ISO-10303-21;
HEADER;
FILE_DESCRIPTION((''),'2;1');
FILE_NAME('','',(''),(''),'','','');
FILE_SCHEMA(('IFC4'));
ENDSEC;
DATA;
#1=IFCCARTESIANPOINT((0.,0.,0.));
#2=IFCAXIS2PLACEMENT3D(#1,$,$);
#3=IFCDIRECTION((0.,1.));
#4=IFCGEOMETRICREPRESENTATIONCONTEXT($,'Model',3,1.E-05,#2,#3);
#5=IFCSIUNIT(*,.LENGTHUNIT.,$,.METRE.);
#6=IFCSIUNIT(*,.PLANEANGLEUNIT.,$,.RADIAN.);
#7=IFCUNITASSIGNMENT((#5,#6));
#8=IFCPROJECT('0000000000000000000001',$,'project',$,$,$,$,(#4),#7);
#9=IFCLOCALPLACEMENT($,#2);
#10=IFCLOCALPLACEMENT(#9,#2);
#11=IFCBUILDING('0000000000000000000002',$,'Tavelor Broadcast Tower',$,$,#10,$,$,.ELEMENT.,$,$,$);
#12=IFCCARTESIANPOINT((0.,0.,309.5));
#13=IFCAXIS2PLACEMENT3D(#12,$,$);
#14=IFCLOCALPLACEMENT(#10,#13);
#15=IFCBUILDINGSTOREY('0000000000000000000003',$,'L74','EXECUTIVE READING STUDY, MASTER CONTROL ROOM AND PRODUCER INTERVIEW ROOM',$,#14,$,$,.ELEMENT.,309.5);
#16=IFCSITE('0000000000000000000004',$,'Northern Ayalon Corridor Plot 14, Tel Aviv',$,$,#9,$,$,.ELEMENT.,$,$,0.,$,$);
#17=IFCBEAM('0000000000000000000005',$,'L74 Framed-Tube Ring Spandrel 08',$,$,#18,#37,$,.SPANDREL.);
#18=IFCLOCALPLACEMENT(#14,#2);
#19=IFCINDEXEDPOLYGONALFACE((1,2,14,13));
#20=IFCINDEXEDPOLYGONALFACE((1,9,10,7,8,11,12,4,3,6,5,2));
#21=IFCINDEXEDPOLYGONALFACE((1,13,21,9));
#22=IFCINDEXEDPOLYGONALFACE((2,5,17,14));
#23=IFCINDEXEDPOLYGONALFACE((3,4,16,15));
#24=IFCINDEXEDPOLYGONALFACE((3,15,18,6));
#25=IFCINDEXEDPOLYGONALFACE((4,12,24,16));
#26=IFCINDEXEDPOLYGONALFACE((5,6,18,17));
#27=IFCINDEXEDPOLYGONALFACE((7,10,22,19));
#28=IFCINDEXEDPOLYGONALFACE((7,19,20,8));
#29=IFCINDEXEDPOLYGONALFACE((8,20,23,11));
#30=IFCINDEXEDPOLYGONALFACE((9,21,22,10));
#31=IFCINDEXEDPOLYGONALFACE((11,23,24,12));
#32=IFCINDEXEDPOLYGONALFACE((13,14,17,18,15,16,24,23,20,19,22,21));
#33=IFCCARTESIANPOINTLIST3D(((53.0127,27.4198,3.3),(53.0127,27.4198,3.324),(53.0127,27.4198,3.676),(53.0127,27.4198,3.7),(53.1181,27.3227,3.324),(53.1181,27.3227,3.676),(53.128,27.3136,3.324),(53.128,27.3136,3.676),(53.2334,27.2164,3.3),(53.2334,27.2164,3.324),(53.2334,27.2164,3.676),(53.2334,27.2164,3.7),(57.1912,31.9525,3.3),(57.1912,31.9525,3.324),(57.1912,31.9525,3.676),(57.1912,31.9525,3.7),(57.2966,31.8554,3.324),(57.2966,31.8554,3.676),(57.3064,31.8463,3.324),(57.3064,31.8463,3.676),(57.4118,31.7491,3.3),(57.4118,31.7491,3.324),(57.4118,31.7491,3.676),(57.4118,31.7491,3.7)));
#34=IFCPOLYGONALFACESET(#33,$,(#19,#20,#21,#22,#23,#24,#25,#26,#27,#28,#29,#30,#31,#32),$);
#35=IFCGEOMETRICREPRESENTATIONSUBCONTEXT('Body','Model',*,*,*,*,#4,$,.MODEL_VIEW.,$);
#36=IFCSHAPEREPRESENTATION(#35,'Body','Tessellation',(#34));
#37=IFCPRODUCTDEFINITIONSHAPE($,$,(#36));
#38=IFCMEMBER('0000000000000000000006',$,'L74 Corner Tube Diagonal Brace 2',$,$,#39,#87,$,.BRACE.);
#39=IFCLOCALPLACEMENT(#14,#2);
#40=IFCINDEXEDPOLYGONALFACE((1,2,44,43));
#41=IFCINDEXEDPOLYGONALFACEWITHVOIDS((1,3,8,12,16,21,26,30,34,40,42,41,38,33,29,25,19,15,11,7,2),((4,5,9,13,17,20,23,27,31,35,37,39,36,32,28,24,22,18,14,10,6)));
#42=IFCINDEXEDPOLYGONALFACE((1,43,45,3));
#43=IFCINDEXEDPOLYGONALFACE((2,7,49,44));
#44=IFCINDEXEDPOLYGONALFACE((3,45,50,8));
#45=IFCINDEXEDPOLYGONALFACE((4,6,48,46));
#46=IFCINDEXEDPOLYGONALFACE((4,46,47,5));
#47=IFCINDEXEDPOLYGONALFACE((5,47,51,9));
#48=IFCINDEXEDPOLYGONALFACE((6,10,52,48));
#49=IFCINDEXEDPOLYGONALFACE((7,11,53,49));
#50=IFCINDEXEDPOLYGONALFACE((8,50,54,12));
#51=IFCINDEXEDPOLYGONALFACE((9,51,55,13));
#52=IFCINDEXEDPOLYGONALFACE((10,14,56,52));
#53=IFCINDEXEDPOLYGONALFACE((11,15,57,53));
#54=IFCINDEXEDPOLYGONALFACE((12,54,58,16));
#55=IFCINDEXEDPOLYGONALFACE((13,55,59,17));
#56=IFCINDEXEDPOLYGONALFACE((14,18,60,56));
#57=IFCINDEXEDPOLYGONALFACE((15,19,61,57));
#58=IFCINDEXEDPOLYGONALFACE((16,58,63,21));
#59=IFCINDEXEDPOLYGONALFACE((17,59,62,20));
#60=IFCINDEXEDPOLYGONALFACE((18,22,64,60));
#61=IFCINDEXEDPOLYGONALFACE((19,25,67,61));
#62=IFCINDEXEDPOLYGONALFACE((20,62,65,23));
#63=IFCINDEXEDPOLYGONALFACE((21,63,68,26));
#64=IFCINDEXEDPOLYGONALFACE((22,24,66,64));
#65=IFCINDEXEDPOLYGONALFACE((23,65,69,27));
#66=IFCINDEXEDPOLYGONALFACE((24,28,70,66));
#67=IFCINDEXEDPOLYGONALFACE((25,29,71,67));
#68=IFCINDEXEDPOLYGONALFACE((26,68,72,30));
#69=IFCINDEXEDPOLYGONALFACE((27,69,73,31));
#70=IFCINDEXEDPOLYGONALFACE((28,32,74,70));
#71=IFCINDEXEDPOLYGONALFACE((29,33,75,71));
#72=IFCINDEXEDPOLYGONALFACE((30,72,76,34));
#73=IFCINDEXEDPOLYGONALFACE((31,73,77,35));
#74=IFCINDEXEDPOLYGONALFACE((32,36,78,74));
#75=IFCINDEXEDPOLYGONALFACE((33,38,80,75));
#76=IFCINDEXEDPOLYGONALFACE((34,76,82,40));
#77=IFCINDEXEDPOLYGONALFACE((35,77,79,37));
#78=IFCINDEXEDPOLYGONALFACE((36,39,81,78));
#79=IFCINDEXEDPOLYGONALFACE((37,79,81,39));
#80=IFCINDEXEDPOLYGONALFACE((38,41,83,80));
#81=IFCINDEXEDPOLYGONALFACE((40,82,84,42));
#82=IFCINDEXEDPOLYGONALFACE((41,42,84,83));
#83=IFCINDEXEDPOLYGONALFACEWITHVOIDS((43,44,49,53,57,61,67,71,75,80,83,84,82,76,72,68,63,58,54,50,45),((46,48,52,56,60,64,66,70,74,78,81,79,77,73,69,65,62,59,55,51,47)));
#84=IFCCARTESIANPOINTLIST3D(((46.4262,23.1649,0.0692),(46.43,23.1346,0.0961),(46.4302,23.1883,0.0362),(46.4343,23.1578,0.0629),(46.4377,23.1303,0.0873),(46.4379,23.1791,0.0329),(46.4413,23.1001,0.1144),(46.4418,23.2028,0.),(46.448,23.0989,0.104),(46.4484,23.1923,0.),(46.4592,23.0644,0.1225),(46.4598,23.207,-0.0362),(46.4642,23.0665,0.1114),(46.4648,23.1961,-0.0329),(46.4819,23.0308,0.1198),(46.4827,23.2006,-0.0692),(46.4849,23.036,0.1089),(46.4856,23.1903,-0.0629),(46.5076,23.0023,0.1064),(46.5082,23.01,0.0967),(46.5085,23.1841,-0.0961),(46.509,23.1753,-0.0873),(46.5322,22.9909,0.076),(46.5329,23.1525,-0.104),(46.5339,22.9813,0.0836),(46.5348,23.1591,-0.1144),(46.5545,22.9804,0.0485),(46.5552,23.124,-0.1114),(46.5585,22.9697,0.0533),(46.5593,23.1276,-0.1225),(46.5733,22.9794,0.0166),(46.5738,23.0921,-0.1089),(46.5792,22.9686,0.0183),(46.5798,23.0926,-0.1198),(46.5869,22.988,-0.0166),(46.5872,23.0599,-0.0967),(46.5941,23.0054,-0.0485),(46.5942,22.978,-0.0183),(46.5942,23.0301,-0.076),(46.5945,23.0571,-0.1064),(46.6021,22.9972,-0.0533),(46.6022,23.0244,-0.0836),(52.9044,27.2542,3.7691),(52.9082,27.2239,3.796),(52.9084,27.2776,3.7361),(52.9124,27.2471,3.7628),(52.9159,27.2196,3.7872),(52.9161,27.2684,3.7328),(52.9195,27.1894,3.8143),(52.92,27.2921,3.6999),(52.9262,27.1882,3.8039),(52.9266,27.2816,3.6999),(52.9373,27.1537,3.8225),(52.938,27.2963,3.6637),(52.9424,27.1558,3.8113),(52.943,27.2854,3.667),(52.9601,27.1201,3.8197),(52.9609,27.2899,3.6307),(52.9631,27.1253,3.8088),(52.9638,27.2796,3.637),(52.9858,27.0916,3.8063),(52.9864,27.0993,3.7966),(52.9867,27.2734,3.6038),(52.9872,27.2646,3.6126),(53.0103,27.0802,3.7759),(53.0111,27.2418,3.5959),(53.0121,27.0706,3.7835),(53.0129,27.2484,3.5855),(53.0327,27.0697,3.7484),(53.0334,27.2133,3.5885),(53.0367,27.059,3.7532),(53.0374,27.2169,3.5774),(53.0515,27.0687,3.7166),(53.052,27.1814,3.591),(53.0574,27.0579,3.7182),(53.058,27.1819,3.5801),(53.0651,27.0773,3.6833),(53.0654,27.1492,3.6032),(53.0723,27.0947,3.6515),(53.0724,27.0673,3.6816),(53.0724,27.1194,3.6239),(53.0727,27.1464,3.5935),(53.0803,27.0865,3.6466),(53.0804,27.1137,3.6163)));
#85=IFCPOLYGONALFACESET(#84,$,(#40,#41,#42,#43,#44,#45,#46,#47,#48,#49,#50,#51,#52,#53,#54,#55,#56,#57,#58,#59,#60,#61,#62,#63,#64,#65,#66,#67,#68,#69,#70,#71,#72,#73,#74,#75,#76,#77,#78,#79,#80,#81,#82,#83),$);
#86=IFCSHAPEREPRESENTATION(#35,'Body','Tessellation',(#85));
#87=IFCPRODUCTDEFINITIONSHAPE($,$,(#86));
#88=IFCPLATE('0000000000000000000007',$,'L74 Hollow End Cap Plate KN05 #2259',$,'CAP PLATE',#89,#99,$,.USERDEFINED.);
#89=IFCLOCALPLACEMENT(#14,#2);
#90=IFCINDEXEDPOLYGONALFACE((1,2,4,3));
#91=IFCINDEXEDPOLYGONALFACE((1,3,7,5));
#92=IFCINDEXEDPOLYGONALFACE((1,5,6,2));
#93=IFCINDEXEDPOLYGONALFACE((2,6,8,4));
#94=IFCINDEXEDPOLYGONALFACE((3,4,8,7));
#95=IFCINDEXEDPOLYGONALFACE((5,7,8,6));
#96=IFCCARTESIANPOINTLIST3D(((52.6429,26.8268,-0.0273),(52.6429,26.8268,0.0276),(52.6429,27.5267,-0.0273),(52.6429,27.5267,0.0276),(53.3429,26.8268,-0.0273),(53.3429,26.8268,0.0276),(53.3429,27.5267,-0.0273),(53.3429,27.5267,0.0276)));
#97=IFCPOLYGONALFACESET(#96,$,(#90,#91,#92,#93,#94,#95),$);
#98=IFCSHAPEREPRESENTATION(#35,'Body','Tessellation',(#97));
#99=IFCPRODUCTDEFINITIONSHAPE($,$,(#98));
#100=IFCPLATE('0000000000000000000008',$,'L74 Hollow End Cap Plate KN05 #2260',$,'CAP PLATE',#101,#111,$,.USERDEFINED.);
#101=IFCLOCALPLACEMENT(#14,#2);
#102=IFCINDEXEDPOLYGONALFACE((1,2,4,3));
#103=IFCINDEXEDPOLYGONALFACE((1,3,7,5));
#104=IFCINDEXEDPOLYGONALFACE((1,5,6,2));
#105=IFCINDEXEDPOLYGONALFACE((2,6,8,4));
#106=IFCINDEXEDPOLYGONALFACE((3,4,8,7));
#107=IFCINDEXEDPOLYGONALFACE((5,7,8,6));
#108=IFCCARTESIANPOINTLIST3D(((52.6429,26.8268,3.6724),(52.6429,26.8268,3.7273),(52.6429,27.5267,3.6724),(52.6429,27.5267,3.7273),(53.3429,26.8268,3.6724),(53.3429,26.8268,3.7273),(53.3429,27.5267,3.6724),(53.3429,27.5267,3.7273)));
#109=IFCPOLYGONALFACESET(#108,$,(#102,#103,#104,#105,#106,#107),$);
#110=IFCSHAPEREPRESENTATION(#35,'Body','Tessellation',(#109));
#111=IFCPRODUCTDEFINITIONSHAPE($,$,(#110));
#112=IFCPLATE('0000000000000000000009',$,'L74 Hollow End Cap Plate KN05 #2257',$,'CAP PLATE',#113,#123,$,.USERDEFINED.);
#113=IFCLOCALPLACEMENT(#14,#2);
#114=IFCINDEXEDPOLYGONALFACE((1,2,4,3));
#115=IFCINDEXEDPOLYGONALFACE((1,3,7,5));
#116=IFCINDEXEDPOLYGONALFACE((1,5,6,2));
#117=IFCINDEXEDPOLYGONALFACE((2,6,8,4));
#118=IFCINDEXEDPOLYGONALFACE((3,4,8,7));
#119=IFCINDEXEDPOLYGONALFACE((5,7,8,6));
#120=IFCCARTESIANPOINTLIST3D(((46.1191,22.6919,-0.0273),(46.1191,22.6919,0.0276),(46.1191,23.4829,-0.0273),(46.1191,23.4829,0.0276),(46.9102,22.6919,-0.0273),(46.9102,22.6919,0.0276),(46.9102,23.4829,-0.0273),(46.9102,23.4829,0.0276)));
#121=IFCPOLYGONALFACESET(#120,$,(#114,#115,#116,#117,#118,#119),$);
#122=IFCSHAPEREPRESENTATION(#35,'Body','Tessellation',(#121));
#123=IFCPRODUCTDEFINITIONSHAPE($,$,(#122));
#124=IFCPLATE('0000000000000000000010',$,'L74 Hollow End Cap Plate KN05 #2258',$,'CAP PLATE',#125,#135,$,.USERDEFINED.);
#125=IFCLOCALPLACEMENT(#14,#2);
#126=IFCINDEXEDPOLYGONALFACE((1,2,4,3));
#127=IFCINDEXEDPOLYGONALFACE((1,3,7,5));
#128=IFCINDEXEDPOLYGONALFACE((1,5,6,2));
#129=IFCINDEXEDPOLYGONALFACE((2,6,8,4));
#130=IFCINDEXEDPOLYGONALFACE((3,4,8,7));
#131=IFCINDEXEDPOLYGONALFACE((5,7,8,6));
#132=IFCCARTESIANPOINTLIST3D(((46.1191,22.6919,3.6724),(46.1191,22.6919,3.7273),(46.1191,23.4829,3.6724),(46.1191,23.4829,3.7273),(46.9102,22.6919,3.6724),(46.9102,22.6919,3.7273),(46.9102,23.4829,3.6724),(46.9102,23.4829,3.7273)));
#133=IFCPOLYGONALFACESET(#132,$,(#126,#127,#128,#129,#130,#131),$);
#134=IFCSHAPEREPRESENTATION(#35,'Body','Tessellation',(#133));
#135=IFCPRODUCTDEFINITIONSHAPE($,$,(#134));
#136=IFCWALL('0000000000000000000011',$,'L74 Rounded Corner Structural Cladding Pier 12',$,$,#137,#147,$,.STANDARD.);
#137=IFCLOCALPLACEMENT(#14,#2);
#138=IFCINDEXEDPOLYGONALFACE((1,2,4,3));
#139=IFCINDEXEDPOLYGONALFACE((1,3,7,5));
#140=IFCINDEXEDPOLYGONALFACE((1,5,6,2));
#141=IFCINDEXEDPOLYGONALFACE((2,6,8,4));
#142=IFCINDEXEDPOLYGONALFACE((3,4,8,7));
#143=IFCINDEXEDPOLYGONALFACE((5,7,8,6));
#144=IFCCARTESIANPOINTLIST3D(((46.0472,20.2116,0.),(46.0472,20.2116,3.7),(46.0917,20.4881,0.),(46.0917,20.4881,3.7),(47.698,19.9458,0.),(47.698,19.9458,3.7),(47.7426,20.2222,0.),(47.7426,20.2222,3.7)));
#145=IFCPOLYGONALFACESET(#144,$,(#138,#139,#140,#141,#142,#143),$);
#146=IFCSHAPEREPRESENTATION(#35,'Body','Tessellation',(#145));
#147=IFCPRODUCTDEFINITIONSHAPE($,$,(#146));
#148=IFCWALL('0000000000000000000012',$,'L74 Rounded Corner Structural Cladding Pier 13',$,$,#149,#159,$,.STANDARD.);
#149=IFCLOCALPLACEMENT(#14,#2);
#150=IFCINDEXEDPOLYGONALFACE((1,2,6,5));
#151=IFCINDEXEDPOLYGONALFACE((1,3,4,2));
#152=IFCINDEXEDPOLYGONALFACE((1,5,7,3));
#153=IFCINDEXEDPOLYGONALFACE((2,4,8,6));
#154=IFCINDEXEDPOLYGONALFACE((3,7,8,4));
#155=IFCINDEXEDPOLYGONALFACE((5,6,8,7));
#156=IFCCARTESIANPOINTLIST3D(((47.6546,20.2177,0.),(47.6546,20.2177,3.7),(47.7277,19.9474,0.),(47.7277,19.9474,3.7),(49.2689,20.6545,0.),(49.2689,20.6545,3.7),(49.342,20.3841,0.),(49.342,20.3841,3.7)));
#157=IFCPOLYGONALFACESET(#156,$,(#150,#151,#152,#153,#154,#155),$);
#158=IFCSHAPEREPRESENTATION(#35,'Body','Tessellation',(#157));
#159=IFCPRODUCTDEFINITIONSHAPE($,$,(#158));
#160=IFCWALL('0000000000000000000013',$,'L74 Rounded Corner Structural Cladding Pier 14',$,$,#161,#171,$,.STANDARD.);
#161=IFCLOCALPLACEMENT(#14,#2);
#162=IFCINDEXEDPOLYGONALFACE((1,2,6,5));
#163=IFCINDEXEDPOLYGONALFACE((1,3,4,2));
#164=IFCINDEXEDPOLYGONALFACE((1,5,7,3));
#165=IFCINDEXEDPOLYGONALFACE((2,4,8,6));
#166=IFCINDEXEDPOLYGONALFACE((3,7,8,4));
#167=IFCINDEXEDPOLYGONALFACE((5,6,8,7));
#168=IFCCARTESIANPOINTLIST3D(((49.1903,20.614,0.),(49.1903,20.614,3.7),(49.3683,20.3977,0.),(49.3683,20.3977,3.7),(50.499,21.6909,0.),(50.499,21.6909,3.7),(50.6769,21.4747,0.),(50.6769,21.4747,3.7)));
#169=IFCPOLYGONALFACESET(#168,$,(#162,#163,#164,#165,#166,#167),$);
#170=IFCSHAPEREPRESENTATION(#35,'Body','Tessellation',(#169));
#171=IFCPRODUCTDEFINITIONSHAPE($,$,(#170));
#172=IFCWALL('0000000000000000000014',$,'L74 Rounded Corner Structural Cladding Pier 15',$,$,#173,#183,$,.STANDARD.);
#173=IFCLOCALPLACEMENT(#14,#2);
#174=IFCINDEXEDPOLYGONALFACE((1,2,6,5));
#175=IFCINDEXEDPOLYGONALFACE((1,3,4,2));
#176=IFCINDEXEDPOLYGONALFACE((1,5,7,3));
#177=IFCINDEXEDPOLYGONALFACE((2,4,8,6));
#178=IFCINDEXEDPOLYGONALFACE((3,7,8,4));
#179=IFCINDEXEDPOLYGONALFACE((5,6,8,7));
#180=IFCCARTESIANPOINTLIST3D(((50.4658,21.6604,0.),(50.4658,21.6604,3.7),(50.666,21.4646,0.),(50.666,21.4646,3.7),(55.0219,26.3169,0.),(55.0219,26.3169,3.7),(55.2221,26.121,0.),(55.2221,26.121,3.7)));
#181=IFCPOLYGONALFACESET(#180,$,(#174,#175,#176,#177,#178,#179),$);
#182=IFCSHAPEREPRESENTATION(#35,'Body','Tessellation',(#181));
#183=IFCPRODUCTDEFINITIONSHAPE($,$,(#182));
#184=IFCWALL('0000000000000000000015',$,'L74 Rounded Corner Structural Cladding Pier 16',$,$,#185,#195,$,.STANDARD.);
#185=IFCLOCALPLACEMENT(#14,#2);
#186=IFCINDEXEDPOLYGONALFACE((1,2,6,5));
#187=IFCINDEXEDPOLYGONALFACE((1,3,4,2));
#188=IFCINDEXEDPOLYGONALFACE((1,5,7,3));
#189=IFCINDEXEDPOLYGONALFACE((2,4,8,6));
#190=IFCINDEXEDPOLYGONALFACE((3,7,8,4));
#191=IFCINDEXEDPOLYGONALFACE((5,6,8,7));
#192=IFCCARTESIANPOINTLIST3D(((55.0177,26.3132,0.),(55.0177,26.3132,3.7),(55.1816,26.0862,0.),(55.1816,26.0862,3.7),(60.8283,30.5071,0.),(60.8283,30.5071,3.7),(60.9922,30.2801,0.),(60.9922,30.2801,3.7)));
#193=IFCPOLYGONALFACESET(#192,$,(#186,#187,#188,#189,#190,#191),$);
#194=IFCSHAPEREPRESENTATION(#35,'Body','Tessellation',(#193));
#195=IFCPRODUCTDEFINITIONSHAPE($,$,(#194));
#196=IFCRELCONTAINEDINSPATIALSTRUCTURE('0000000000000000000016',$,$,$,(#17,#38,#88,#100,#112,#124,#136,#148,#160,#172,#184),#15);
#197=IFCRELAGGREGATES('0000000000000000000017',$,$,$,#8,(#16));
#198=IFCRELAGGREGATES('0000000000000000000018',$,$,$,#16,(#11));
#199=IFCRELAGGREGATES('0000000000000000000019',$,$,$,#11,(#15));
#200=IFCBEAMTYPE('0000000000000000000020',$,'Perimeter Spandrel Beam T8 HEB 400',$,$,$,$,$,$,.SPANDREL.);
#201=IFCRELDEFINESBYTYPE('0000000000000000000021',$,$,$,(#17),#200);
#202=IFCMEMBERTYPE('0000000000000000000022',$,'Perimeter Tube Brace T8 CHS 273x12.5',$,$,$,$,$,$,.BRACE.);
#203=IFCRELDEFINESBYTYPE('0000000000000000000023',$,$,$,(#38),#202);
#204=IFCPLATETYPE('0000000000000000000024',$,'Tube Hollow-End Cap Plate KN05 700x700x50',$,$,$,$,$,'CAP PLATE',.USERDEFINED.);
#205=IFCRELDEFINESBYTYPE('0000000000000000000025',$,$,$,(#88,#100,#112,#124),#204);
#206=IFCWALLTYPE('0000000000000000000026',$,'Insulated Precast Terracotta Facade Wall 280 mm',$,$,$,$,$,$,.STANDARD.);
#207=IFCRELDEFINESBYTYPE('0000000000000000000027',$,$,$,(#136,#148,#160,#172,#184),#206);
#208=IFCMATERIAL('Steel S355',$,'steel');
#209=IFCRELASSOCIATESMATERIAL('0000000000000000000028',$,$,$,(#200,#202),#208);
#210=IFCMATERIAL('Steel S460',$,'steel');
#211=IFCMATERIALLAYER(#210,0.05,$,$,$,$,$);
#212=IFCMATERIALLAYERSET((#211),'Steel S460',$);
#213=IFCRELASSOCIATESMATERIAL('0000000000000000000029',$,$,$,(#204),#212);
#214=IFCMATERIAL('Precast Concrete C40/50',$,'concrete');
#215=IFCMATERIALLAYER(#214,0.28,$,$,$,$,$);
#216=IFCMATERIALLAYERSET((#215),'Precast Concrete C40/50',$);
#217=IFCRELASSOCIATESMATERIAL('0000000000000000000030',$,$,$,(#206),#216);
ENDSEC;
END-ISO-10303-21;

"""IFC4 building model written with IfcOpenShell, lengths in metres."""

from ifc_helpers import new_model, si_unit, direction, frame, frame_2d, origin, origin_2d, place, context, subcontext, project, spatial, rectangle, hollow_circle, i_section, extrude, source, transform, mapped, material, layer, layer_set, material_profile, profile_set, type_object, type_shapes, element, save


model = new_model("IFC4")

# Units and contexts
model_context = context("Model", 3, precision=1e-05, world=origin(), true_north=direction((0.0, 1.0)))
body_context = subcontext(model_context, "Body", "Model", "MODEL_VIEW")
ifc_project = project(units=[si_unit("LENGTHUNIT", "METRE"), si_unit("PLANEANGLEUNIT", "RADIAN")], contexts=[model_context])

# Site, building, storey
site_placement = place(None, origin())
site = spatial("IfcSite", under=ifc_project, at=site_placement, Name="Northern Ayalon Corridor Plot 14, Tel Aviv", CompositionType="ELEMENT", RefElevation=0.0)
building_placement = place(site_placement, origin())
building = spatial("IfcBuilding", under=site, at=building_placement, Name="Tavelor Broadcast Tower", CompositionType="ELEMENT")
storey_placement = place(building_placement, frame((0.0, 0.0, 309.5)))
storey = spatial("IfcBuildingStorey", under=building, at=storey_placement, Name="L74", Description="EXECUTIVE READING STUDY, MASTER CONTROL ROOM AND PRODUCER INTERVIEW ROOM", CompositionType="ELEMENT", Elevation=309.5)

# Shared definitions
ifc_material_1 = material(Name="Steel S460", Category="steel")

# Beam
ifc_material_2 = material(Name="Steel S355", Category="steel")
ifc_material_profile_1 = material_profile(ifc_material_2, i_section(OverallWidth=0.3, OverallDepth=0.3999, WebThickness=0.0134, FlangeThickness=0.0239, at=origin_2d()), Name="HEB 400")
ifc_profile_set_1 = profile_set([ifc_material_profile_1], Name="Steel S355")
beam_type_1 = type_object("IfcBeamType", Name="Perimeter Spandrel Beam T8 HEB 400", PredefinedType="SPANDREL", material=ifc_profile_set_1)
beam_1_placement = place(storey_placement, frame((53.123, 27.3181, 3.5), z_axis=(0.677791, 0.735254, 0.0), x_axis=(-0.735254, 0.677791, 0.0)))
element("IfcBeam", 1, at=beam_1_placement, inside=storey, type_object=beam_type_1, Name="L74 Framed-Tube Ring Spandrel 08", PredefinedType="SPANDREL", context=body_context, shape_type="SweptSolid", body=[
    extrude(i_section(OverallWidth=0.3, OverallDepth=0.3999, WebThickness=0.0134, FlangeThickness=0.0239, at=origin_2d()), origin(), (0.0, 0.0, 1.0), 6.1648),
])

# Member
ifc_material_profile_2 = material_profile(ifc_material_2, hollow_circle(Radius=0.1365, WallThickness=0.0125, at=origin_2d()), Name="CHS 273x12.5")
ifc_profile_set_2 = profile_set([ifc_material_profile_2], Name="Steel S355")
member_type = type_object("IfcMemberType", Name="Perimeter Tube Brace T8 CHS 273x12.5", PredefinedType="BRACE", material=ifc_profile_set_2)
member_placement = place(storey_placement, frame((46.5146, 23.0874, 0.0), z_axis=(0.761462, 0.480667, 0.434896), x_axis=(-0.533789, 0.845618, 0.0)))
element("IfcMember", 2, at=member_placement, inside=storey, type_object=member_type, Name="L74 Corner Tube Diagonal Brace 2", PredefinedType="BRACE", context=body_context, shape_type="SweptSolid", body=[
    extrude(hollow_circle(Radius=0.1365, WallThickness=0.0125, at=origin_2d()), origin(), (0.0, 0.0, 1.0), 8.5076),
])

# Plates
ifc_layer_1 = layer(ifc_material_1, 0.05)
ifc_layer_set_1 = layer_set([ifc_layer_1], Name="Steel S460")
plate_type = type_object("IfcPlateType", Name="Tube Hollow-End Cap Plate KN05 700x700x50", ElementType="CAP PLATE", PredefinedType="USERDEFINED", material=ifc_layer_set_1)
shared_shape_1 = source(origin(), body_context, "Body", "SweptSolid", [
    extrude(rectangle(XDim=0.7, YDim=0.7, at=origin_2d()), origin(), (0.0, 0.0, 1.0), 0.0549),
])
for number, where, z_axis, x_axis, name in (
    (3, (52.9929, 27.1768, -0.0273), (0.0, 0.0, 1.0), (1.0, 0.0, 0.0), "L74 Hollow End Cap Plate KN05 #2259"),
    (4, (52.9929, 27.1768, 3.6724), (0.0, 0.0, 1.0), (1.0, 0.0, 0.0), "L74 Hollow End Cap Plate KN05 #2260"),
):
    element("IfcPlate", number, at=place(storey_placement, frame(where, z_axis=z_axis, x_axis=x_axis)), inside=storey, type_object=plate_type, Name=name, ObjectType="CAP PLATE", PredefinedType="USERDEFINED", context=body_context, shape_type="MappedRepresentation", body=[
        mapped(shared_shape_1, transform((0.0, 0.0, 0.0), scale=1.0)),
    ])
shared_shape_2 = source(origin(), body_context, "Body", "SweptSolid", [
    extrude(rectangle(XDim=0.791, YDim=0.791, at=origin_2d()), origin(), (0.0, 0.0, 1.0), 0.0549),
])
type_shapes(plate_type, [shared_shape_1, shared_shape_2])
for number, where, z_axis, x_axis, name in (
    (5, (46.5146, 23.0874, -0.0273), (0.0, 0.0, 1.0), (1.0, 0.0, 0.0), "L74 Hollow End Cap Plate KN05 #2257"),
    (6, (46.5146, 23.0874, 3.6724), (0.0, 0.0, 1.0), (1.0, 0.0, 0.0), "L74 Hollow End Cap Plate KN05 #2258"),
):
    element("IfcPlate", number, at=place(storey_placement, frame(where, z_axis=z_axis, x_axis=x_axis)), inside=storey, type_object=plate_type, Name=name, ObjectType="CAP PLATE", PredefinedType="USERDEFINED", context=body_context, shape_type="MappedRepresentation", body=[
        mapped(shared_shape_2, transform((0.0, 0.0, 0.0), scale=1.0)),
    ])

# Walls
ifc_material_3 = material(Name="Precast Concrete C40/50", Category="concrete")
ifc_layer_2 = layer(ifc_material_3, 0.28)
ifc_layer_set_2 = layer_set([ifc_layer_2], Name="Precast Concrete C40/50")
wall_type_1 = type_object("IfcWallType", Name="Insulated Precast Terracotta Facade Wall 280 mm", PredefinedType="STANDARD", material=ifc_layer_set_2)
wall_1_placement = place(storey_placement, frame((46.0696, 20.3499, 0.0), z_axis=(0.0, 0.0, 1.0), x_axis=(0.987279, -0.158998, 0.0)))
element("IfcWall", 7, at=wall_1_placement, inside=storey, type_object=wall_type_1, Name="L74 Rounded Corner Structural Cladding Pier 12", PredefinedType="STANDARD", context=body_context, shape_type="SweptSolid", body=[
    extrude(rectangle(XDim=1.6721, YDim=0.28, at=frame_2d((0.8359, 0.0))), origin(), (0.0, 0.0, 1.0), 3.7),
])
wall_2_placement = place(storey_placement, frame((47.6912, 20.0825, 0.0), z_axis=(0.0, 0.0, 1.0), x_axis=(0.965291, 0.261177, 0.0)))
element("IfcWall", 8, at=wall_2_placement, inside=storey, type_object=wall_type_1, Name="L74 Rounded Corner Structural Cladding Pier 13", PredefinedType="STANDARD", context=body_context, shape_type="SweptSolid", body=[
    extrude(rectangle(XDim=1.6724, YDim=0.28, at=frame_2d((0.8362, 0.0))), origin(), (0.0, 0.0, 1.0), 3.7),
])
wall_3_placement = place(storey_placement, frame((49.2793, 20.5059, 0.0), z_axis=(0.0, 0.0, 1.0), x_axis=(0.772151, 0.63544, 0.0)))
element("IfcWall", 9, at=wall_3_placement, inside=storey, type_object=wall_type_1, Name="L74 Rounded Corner Structural Cladding Pier 14", PredefinedType="STANDARD", context=body_context, shape_type="SweptSolid", body=[
    extrude(rectangle(XDim=1.6948, YDim=0.28, at=frame_2d((0.8474, 0.0))), origin(), (0.0, 0.0, 1.0), 3.7),
])
wall_4_placement = place(storey_placement, frame((50.5659, 21.5625, 0.0), z_axis=(0.0, 0.0, 1.0), x_axis=(0.699364, 0.714766, 0.0)))
element("IfcWall", 10, at=wall_4_placement, inside=storey, type_object=wall_type_1, Name="L74 Rounded Corner Structural Cladding Pier 15", PredefinedType="STANDARD", context=body_context, shape_type="SweptSolid", body=[
    extrude(rectangle(XDim=6.5146, YDim=0.28, at=frame_2d((3.2573, 0.0))), origin(), (0.0, 0.0, 1.0), 3.7),
])
wall_5_placement = place(storey_placement, frame((55.0996, 26.1997, 0.0), z_axis=(0.0, 0.0, 1.0), x_axis=(0.810855, 0.585247, 0.0)))
element("IfcWall", 11, at=wall_5_placement, inside=storey, type_object=wall_type_1, Name="L74 Rounded Corner Structural Cladding Pier 16", PredefinedType="STANDARD", context=body_context, shape_type="SweptSolid", body=[
    extrude(rectangle(XDim=7.166, YDim=0.28, at=frame_2d((3.583, 0.0))), origin(), (0.0, 0.0, 1.0), 3.7),
])

save(model, "model.ifc")
